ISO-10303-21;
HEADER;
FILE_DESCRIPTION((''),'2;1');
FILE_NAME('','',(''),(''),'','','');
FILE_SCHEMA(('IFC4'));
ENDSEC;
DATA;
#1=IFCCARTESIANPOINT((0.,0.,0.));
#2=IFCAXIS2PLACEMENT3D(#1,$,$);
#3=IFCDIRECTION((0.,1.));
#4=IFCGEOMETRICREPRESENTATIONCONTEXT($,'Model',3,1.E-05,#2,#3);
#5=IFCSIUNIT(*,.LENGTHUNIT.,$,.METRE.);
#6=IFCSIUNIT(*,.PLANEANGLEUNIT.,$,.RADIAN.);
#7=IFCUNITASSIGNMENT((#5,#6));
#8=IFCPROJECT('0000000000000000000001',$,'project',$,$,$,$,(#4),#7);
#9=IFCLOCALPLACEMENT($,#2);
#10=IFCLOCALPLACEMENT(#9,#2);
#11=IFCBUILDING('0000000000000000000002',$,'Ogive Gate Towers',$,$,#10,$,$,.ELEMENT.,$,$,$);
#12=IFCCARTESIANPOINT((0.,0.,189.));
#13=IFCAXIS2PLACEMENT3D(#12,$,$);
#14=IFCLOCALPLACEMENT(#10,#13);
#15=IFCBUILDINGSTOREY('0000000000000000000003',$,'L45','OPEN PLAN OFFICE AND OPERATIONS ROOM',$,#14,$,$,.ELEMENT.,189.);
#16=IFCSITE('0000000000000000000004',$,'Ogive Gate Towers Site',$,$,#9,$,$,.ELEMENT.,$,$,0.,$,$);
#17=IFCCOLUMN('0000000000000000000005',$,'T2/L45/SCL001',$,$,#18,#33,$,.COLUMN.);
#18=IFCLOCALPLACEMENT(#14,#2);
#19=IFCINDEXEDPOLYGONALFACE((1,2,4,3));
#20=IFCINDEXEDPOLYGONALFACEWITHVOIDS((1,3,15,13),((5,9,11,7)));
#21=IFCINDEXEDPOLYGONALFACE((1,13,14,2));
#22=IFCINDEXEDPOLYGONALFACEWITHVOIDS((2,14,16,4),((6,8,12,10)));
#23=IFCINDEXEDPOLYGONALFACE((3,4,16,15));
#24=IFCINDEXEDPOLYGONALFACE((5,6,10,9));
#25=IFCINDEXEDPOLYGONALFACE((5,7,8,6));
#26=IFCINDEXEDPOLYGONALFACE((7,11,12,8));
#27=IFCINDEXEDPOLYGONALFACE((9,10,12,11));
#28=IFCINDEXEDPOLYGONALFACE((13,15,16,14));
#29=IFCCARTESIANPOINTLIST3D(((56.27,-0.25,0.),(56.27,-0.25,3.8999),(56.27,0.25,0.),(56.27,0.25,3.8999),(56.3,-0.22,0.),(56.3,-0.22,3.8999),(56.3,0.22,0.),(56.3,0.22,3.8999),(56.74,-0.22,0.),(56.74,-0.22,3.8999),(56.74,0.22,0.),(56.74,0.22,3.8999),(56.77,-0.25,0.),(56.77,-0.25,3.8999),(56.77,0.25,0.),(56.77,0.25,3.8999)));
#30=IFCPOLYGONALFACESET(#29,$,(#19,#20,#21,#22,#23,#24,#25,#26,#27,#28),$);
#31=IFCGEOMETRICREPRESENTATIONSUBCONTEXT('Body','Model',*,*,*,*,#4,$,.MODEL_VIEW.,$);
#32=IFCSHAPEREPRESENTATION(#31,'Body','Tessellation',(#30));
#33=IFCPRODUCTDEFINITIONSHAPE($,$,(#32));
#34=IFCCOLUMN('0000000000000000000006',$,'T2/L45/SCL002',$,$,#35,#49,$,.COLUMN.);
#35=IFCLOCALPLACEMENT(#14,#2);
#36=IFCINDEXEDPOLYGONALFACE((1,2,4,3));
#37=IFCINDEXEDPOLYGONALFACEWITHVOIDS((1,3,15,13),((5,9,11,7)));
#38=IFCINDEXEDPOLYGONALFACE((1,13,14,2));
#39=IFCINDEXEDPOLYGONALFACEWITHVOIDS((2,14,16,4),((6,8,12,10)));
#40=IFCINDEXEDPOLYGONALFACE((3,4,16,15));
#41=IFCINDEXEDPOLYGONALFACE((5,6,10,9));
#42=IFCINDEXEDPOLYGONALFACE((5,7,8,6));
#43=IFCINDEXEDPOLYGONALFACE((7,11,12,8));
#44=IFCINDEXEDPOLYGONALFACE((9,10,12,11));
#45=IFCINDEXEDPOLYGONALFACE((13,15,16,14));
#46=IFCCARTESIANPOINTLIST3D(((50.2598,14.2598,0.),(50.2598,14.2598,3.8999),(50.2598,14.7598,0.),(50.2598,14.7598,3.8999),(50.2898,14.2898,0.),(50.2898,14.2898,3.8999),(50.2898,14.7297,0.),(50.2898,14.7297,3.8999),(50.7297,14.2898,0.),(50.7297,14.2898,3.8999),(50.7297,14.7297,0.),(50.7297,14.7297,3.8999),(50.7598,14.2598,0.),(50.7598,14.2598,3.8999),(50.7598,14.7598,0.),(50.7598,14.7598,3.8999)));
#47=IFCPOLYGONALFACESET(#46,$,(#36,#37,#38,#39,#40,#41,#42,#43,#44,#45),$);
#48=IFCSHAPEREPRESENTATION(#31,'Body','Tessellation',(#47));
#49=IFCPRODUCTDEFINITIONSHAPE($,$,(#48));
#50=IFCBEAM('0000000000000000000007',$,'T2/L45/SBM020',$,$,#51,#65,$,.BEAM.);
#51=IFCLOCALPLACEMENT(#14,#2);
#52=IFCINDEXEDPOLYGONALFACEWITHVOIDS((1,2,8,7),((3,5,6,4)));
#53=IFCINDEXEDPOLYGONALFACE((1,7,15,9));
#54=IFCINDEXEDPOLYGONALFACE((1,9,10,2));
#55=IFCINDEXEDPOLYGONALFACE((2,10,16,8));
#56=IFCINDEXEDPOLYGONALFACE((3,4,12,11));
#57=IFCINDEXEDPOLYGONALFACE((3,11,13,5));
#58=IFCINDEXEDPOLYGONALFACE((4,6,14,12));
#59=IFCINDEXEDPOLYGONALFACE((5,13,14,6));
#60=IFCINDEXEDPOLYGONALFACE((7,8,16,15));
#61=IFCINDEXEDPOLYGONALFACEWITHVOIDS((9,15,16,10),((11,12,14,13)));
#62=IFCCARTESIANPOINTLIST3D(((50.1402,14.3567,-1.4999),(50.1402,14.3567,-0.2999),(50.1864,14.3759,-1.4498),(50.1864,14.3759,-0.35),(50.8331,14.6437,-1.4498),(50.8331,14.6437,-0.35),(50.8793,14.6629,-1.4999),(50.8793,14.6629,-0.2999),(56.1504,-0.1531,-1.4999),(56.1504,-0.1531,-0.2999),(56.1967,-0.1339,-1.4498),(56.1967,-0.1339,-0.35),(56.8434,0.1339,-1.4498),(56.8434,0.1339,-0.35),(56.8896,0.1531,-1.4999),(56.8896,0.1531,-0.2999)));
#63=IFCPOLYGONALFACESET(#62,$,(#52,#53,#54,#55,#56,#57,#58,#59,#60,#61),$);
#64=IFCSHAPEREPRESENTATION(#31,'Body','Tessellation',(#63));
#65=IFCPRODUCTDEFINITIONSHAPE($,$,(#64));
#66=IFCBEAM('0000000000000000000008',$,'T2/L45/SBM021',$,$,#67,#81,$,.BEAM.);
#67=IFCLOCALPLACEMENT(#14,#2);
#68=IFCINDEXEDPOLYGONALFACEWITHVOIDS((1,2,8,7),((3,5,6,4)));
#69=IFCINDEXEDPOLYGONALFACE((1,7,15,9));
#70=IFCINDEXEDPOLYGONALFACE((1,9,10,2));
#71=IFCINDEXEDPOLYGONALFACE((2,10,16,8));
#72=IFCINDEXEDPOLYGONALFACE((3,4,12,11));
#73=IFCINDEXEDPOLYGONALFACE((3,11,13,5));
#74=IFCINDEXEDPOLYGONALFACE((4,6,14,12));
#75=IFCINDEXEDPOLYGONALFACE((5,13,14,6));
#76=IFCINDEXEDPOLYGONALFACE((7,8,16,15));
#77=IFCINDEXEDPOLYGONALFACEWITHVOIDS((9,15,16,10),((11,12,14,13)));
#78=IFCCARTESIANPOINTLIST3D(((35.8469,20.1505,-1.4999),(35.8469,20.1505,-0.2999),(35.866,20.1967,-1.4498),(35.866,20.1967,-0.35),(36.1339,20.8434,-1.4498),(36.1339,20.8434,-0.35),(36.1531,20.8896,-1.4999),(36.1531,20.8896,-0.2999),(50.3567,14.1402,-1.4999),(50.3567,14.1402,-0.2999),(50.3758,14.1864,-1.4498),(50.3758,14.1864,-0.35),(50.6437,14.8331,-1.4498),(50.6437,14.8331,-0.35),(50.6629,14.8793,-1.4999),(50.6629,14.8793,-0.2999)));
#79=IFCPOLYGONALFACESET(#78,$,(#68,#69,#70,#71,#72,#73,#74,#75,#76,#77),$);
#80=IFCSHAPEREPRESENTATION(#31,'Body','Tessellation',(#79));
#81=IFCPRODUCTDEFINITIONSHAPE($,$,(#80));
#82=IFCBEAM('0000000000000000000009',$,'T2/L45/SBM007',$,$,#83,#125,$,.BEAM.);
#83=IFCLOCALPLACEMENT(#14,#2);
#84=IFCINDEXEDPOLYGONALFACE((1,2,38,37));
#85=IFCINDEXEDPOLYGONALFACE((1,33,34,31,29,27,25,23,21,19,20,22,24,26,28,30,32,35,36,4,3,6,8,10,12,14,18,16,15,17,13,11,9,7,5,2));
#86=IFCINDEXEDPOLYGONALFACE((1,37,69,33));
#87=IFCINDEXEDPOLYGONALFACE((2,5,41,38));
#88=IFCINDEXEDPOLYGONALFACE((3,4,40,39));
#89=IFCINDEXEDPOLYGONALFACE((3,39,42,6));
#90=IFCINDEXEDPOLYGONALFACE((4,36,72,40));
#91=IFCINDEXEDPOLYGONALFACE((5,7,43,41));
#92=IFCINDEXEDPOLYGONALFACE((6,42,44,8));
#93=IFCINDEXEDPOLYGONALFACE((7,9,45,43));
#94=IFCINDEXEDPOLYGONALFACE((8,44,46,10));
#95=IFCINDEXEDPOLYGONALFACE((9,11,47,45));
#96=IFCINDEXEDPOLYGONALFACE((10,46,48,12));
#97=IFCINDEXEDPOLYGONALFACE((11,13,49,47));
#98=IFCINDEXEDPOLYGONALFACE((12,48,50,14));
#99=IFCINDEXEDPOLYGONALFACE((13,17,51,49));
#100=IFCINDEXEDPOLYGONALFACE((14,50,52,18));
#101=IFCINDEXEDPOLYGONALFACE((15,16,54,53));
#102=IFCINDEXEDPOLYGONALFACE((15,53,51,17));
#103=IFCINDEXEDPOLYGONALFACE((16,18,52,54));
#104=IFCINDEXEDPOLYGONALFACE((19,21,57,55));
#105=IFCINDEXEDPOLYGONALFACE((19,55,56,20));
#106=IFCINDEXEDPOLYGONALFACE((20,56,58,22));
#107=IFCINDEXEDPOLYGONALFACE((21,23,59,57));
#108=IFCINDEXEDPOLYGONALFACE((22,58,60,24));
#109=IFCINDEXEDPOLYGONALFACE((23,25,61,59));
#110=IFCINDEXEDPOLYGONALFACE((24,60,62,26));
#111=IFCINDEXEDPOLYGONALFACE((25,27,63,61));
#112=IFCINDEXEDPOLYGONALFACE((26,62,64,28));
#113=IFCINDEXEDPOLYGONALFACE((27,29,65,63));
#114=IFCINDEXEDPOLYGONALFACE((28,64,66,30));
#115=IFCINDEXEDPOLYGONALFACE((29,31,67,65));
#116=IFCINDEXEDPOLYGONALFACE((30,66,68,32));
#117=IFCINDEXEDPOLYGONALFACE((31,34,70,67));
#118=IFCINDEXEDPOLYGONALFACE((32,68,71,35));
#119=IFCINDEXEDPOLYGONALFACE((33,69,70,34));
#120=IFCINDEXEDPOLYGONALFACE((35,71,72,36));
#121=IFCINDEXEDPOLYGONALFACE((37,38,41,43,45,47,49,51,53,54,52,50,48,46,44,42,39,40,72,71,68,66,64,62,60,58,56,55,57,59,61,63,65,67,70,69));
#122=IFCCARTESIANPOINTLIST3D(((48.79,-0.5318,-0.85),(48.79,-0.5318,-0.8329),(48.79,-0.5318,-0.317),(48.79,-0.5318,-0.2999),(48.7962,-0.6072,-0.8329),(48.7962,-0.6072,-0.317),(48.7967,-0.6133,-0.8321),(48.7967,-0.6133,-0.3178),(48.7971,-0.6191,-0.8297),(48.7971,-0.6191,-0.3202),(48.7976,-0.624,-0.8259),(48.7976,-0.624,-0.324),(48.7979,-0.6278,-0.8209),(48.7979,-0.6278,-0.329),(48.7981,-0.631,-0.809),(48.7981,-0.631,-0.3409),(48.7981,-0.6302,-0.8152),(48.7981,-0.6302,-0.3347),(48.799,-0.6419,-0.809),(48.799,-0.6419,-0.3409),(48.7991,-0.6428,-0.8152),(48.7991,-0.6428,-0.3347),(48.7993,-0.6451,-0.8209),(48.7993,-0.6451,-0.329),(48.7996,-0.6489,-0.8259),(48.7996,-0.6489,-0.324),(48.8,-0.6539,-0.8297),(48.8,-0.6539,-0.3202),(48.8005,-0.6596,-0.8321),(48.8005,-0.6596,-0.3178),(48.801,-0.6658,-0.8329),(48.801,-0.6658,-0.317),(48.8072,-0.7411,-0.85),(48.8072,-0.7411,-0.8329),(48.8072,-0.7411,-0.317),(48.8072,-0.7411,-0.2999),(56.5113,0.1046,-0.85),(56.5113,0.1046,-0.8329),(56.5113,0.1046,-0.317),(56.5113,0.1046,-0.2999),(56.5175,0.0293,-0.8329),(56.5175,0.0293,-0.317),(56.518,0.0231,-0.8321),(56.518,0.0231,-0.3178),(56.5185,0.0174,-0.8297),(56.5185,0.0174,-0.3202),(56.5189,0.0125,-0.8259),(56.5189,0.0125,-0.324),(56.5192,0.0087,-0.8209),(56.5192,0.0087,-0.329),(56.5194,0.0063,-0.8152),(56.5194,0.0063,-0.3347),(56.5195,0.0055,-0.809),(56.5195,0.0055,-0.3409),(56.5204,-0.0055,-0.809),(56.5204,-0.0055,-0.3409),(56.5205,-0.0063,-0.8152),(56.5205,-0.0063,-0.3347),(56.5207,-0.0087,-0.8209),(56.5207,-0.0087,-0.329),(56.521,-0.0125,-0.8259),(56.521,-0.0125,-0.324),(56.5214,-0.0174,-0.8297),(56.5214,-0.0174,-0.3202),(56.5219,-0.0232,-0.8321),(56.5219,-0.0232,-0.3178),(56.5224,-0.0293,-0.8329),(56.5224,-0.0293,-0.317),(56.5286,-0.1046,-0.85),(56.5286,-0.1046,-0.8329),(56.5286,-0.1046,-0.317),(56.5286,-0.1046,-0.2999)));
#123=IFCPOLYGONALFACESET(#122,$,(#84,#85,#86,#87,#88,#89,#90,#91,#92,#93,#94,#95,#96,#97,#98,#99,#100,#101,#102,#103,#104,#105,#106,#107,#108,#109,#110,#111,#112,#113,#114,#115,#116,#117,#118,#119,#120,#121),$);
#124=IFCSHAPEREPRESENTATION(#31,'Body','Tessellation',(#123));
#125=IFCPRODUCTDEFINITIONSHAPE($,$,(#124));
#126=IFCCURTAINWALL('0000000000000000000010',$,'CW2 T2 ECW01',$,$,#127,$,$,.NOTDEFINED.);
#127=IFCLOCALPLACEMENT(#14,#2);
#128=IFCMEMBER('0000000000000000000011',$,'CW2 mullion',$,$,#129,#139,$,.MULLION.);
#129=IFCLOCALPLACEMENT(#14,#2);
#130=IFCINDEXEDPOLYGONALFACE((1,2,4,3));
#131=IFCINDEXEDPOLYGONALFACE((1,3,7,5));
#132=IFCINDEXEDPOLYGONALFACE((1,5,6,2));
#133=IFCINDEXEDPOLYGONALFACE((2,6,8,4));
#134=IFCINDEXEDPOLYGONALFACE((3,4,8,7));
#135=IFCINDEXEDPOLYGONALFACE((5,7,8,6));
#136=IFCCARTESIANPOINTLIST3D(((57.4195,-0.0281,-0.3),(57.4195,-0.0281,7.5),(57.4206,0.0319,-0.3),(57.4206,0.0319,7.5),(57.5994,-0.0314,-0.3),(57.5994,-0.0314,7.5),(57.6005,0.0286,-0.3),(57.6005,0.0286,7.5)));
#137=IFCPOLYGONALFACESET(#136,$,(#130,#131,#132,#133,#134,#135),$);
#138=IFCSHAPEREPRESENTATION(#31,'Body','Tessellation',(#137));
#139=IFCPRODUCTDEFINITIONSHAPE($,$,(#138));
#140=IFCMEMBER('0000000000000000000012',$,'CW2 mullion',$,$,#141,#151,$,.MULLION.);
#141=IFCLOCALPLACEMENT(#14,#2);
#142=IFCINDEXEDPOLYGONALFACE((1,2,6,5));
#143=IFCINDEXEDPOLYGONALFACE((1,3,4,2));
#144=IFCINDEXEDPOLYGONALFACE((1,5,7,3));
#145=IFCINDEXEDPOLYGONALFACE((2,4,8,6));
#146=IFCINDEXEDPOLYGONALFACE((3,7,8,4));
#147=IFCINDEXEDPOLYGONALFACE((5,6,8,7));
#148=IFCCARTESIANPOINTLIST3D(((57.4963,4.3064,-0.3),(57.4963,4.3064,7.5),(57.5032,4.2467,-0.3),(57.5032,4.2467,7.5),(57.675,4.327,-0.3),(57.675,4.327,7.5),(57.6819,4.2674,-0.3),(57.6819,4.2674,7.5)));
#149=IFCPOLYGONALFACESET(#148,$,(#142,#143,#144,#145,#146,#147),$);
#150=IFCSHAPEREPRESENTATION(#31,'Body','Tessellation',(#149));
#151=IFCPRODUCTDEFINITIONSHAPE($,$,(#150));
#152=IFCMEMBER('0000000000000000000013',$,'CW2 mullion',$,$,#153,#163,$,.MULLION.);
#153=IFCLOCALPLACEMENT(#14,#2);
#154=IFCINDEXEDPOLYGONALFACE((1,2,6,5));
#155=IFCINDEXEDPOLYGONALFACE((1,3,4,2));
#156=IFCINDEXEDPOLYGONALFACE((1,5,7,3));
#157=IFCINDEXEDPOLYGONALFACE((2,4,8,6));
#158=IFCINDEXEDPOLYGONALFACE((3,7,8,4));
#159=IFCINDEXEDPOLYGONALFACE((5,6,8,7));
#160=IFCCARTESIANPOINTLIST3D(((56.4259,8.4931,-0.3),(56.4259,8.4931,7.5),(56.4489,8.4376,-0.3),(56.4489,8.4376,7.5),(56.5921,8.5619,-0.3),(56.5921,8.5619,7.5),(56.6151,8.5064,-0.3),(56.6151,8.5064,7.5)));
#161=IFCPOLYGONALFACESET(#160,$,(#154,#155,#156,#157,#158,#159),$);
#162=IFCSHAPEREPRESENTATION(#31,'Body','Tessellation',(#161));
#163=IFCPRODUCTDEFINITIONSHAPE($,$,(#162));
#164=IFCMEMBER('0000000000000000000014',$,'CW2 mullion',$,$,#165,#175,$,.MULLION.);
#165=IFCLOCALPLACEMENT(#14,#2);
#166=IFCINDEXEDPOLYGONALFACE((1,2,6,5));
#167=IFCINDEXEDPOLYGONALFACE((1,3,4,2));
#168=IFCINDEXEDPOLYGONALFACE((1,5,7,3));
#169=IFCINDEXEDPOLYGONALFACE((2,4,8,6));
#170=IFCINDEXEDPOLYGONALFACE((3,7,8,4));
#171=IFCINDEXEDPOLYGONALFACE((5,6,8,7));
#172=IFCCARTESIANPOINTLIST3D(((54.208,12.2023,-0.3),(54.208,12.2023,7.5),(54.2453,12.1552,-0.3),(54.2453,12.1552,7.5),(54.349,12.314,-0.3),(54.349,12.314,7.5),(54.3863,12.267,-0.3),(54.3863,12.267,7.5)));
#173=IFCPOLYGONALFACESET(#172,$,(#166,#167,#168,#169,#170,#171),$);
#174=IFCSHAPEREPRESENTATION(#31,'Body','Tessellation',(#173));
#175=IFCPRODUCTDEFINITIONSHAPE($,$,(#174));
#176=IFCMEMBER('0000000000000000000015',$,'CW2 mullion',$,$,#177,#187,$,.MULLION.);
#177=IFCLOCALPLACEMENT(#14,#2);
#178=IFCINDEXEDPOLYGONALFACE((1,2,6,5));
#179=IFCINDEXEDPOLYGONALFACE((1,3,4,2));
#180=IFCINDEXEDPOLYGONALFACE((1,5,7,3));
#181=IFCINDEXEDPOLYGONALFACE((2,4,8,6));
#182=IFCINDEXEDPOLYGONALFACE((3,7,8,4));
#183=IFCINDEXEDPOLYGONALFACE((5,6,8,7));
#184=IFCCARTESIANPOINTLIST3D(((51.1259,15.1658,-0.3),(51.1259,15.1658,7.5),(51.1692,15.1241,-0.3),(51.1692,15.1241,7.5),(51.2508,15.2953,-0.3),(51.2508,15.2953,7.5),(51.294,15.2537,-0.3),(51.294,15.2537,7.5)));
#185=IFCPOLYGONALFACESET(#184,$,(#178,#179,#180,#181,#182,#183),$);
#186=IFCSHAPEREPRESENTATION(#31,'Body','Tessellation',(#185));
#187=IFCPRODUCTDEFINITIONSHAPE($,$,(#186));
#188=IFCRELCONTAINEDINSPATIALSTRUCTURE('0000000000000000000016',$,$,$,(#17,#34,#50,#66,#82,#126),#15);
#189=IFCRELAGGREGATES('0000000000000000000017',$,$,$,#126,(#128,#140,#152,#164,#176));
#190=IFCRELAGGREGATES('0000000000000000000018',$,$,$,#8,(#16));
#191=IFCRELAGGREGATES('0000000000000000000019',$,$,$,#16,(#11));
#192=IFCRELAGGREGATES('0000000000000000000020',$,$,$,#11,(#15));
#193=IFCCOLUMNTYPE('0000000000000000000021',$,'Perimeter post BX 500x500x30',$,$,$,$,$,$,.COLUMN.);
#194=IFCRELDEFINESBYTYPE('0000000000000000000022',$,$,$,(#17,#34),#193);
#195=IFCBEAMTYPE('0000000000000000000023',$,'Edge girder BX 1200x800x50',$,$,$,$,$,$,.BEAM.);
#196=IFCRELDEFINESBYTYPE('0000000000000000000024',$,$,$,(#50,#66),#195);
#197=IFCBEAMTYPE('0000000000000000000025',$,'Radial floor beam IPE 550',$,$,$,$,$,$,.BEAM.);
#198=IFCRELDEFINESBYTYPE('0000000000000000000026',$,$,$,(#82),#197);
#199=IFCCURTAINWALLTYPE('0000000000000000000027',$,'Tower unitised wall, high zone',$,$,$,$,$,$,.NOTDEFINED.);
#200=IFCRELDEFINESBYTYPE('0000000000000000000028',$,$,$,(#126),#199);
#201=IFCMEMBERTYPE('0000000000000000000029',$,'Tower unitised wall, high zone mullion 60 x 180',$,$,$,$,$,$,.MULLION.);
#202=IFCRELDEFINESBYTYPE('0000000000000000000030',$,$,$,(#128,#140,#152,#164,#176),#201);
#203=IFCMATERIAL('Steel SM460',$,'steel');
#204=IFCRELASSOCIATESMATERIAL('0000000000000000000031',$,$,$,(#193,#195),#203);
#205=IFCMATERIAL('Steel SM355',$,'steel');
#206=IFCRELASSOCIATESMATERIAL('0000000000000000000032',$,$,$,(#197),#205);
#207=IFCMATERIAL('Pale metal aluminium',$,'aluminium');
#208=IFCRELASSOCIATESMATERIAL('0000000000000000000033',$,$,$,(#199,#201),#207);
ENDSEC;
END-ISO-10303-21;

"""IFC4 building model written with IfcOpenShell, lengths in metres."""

from ifc_helpers import new_model, si_unit, direction, frame, origin, origin_2d, place, context, subcontext, project, spatial, rectangle, hollow_rectangle, i_section, extrude, material, material_profile, profile_set, type_object, element, aggregate, save


model = new_model("IFC4")

# Units and contexts
model_context = context("Model", 3, precision=1e-05, world=origin(), true_north=direction((0.0, 1.0)))
body_context = subcontext(model_context, "Body", "Model", "MODEL_VIEW")
ifc_project = project(units=[si_unit("LENGTHUNIT", "METRE"), si_unit("PLANEANGLEUNIT", "RADIAN")], contexts=[model_context])

# Site, building, storey
site_placement = place(None, origin())
site = spatial("IfcSite", under=ifc_project, at=site_placement, Name="Ogive Gate Towers Site", CompositionType="ELEMENT", RefElevation=0.0)
building_placement = place(site_placement, origin())
building = spatial("IfcBuilding", under=site, at=building_placement, Name="Ogive Gate Towers", CompositionType="ELEMENT")
storey_placement = place(building_placement, frame((0.0, 0.0, 189.0)))
storey = spatial("IfcBuildingStorey", under=building, at=storey_placement, Name="L45", Description="OPEN PLAN OFFICE AND OPERATIONS ROOM", CompositionType="ELEMENT", Elevation=189.0)

# Columns
ifc_material_1 = material(Name="Steel SM460", Category="steel")
ifc_material_profile_1 = material_profile(ifc_material_1, hollow_rectangle(XDim=0.5, YDim=0.5, WallThickness=0.03, at=origin_2d()), Name="BX 500x500x30")
ifc_profile_set_1 = profile_set([ifc_material_profile_1], Name="Steel SM460")
column_type = type_object("IfcColumnType", Name="Perimeter post BX 500x500x30", PredefinedType="COLUMN", material=ifc_profile_set_1)
for number, where, z_axis, x_axis, name in (
    (1, (56.52, 0.0, 0.0), (0.0, 0.0, 1.0), (1.0, 0.0, 0.0), "T2/L45/SCL001"),
    (2, (50.5098, 14.5098, 0.0), (0.0, 0.0, 1.0), (1.0, 0.0, 0.0), "T2/L45/SCL002"),
):
    element("IfcColumn", number, at=place(storey_placement, frame(where, z_axis=z_axis, x_axis=x_axis)), inside=storey, type_object=column_type, Name=name, PredefinedType="COLUMN", context=body_context, shape_type="SweptSolid", body=[
        extrude(hollow_rectangle(XDim=0.5, YDim=0.5, WallThickness=0.03, at=origin_2d()), origin(), (0.0, 0.0, 1.0), 3.8999),
    ])

# Beams
ifc_material_profile_2 = material_profile(ifc_material_1, hollow_rectangle(XDim=0.8, YDim=1.2, WallThickness=0.05, at=origin_2d()), Name="BX 1200x800x50")
ifc_profile_set_2 = profile_set([ifc_material_profile_2], Name="Steel SM460")
beam_type_1 = type_object("IfcBeamType", Name="Edge girder BX 1200x800x50", PredefinedType="BEAM", material=ifc_profile_set_2)
for number, where, z_axis, x_axis, name in (
    (3, (56.52, 0.0, -0.8999), (-0.38269, 0.923877, 0.0), (-0.923877, -0.38269, 0.0), "T2/L45/SBM020"),
    (4, (50.5098, 14.5098, -0.8999), (-0.923877, 0.38269, 0.0), (-0.38269, -0.923877, 0.0), "T2/L45/SBM021"),
):
    element("IfcBeam", number, at=place(storey_placement, frame(where, z_axis=z_axis, x_axis=x_axis)), inside=storey, type_object=beam_type_1, Name=name, PredefinedType="BEAM", context=body_context, shape_type="SweptSolid", body=[
        extrude(hollow_rectangle(XDim=0.8, YDim=1.2, WallThickness=0.05, at=origin_2d()), origin(), (0.0, 0.0, 1.0), 15.7053),
    ])
ifc_material_2 = material(Name="Steel SM355", Category="steel")
ifc_material_profile_3 = material_profile(ifc_material_2, i_section(OverallWidth=0.21, OverallDepth=0.55, WebThickness=0.011, FlangeThickness=0.0171, FilletRadius=0.0239, at=origin_2d()), Name="IPE 550")
ifc_profile_set_3 = profile_set([ifc_material_profile_3], Name="Steel SM355")
beam_type_2 = type_object("IfcBeamType", Name="Radial floor beam IPE 550", PredefinedType="BEAM", material=ifc_profile_set_3)
beam_placement = place(storey_placement, frame((48.7986, -0.6365, -0.575), z_axis=(0.99662, 0.082151, 0.0), x_axis=(-0.082151, 0.99662, 0.0)))
element("IfcBeam", 5, at=beam_placement, inside=storey, type_object=beam_type_2, Name="T2/L45/SBM007", PredefinedType="BEAM", context=body_context, shape_type="SweptSolid", body=[
    extrude(i_section(OverallWidth=0.21, OverallDepth=0.55, WebThickness=0.011, FlangeThickness=0.0171, FilletRadius=0.0239, at=origin_2d()), origin(), (0.0, 0.0, 1.0), 7.7476),
])

# Curtain wall, members
ifc_material_3 = material(Name="Pale metal aluminium", Category="aluminium")
curtain_wall_type = type_object("IfcCurtainWallType", Name="Tower unitised wall, high zone", PredefinedType="NOTDEFINED", material=ifc_material_3)
curtain_wall_1_placement = place(storey_placement, origin())
curtain_wall_1 = element("IfcCurtainWall", 6, at=curtain_wall_1_placement, inside=storey, type_object=curtain_wall_type, Name="CW2 T2 ECW01", PredefinedType="NOTDEFINED")
ifc_material_profile_4 = material_profile(ifc_material_3, rectangle(XDim=0.1799, YDim=0.0601, at=origin_2d()), Name="60 x 180 aluminium box")
ifc_profile_set_4 = profile_set([ifc_material_profile_4], Name="Pale metal aluminium")
member_type_1 = type_object("IfcMemberType", Name="Tower unitised wall, high zone mullion 60 x 180", PredefinedType="MULLION", material=ifc_profile_set_4)
member_1_placement = place(storey_placement, frame((57.51, 0.0002, -0.3), z_axis=(0.0, 0.0, 1.0), x_axis=(0.99983, -0.018412, 0.0)))
member_1 = element("IfcMember", 7, at=member_1_placement, type_object=member_type_1, Name="CW2 mullion", PredefinedType="MULLION", context=body_context, shape_type="SweptSolid", body=[
    extrude(rectangle(XDim=0.1799, YDim=0.0601, at=origin_2d()), origin(), (0.0, 0.0, 1.0), 7.8),
])
member_2_placement = place(storey_placement, frame((57.5891, 4.2869, -0.3), z_axis=(0.0, 0.0, 1.0), x_axis=(0.993395, 0.114746, 0.0)))
member_2 = element("IfcMember", 8, at=member_2_placement, type_object=member_type_1, Name="CW2 mullion", PredefinedType="MULLION", context=body_context, shape_type="SweptSolid", body=[
    extrude(rectangle(XDim=0.1799, YDim=0.0601, at=origin_2d()), origin(), (0.0, 0.0, 1.0), 7.8),
])
member_3_placement = place(storey_placement, frame((56.5205, 8.4998, -0.3), z_axis=(0.0, 0.0, 1.0), x_axis=(0.92388, 0.382683, 0.0)))
member_3 = element("IfcMember", 9, at=member_3_placement, type_object=member_type_1, Name="CW2 mullion", PredefinedType="MULLION", context=body_context, shape_type="SweptSolid", body=[
    extrude(rectangle(XDim=0.1799, YDim=0.0601, at=origin_2d()), origin(), (0.0, 0.0, 1.0), 7.8),
])
member_4_placement = place(storey_placement, frame((54.2971, 12.2346, -0.3), z_axis=(0.0, 0.0, 1.0), x_axis=(0.783574, 0.621298, 0.0)))
member_4 = element("IfcMember", 10, at=member_4_placement, type_object=member_type_1, Name="CW2 mullion", PredefinedType="MULLION", context=body_context, shape_type="SweptSolid", body=[
    extrude(rectangle(XDim=0.1799, YDim=0.0601, at=origin_2d()), origin(), (0.0, 0.0, 1.0), 7.8),
])
member_5_placement = place(storey_placement, frame((51.21, 15.2097, -0.3), z_axis=(0.0, 0.0, 1.0), x_axis=(0.693942, 0.720031, 0.0)))
member_5 = element("IfcMember", 11, at=member_5_placement, type_object=member_type_1, Name="CW2 mullion", PredefinedType="MULLION", context=body_context, shape_type="SweptSolid", body=[
    extrude(rectangle(XDim=0.1799, YDim=0.0601, at=origin_2d()), origin(), (0.0, 0.0, 1.0), 7.8),
])

aggregate(curtain_wall_1, [member_1, member_2, member_3, member_4, member_5])

save(model, "model.ifc")
